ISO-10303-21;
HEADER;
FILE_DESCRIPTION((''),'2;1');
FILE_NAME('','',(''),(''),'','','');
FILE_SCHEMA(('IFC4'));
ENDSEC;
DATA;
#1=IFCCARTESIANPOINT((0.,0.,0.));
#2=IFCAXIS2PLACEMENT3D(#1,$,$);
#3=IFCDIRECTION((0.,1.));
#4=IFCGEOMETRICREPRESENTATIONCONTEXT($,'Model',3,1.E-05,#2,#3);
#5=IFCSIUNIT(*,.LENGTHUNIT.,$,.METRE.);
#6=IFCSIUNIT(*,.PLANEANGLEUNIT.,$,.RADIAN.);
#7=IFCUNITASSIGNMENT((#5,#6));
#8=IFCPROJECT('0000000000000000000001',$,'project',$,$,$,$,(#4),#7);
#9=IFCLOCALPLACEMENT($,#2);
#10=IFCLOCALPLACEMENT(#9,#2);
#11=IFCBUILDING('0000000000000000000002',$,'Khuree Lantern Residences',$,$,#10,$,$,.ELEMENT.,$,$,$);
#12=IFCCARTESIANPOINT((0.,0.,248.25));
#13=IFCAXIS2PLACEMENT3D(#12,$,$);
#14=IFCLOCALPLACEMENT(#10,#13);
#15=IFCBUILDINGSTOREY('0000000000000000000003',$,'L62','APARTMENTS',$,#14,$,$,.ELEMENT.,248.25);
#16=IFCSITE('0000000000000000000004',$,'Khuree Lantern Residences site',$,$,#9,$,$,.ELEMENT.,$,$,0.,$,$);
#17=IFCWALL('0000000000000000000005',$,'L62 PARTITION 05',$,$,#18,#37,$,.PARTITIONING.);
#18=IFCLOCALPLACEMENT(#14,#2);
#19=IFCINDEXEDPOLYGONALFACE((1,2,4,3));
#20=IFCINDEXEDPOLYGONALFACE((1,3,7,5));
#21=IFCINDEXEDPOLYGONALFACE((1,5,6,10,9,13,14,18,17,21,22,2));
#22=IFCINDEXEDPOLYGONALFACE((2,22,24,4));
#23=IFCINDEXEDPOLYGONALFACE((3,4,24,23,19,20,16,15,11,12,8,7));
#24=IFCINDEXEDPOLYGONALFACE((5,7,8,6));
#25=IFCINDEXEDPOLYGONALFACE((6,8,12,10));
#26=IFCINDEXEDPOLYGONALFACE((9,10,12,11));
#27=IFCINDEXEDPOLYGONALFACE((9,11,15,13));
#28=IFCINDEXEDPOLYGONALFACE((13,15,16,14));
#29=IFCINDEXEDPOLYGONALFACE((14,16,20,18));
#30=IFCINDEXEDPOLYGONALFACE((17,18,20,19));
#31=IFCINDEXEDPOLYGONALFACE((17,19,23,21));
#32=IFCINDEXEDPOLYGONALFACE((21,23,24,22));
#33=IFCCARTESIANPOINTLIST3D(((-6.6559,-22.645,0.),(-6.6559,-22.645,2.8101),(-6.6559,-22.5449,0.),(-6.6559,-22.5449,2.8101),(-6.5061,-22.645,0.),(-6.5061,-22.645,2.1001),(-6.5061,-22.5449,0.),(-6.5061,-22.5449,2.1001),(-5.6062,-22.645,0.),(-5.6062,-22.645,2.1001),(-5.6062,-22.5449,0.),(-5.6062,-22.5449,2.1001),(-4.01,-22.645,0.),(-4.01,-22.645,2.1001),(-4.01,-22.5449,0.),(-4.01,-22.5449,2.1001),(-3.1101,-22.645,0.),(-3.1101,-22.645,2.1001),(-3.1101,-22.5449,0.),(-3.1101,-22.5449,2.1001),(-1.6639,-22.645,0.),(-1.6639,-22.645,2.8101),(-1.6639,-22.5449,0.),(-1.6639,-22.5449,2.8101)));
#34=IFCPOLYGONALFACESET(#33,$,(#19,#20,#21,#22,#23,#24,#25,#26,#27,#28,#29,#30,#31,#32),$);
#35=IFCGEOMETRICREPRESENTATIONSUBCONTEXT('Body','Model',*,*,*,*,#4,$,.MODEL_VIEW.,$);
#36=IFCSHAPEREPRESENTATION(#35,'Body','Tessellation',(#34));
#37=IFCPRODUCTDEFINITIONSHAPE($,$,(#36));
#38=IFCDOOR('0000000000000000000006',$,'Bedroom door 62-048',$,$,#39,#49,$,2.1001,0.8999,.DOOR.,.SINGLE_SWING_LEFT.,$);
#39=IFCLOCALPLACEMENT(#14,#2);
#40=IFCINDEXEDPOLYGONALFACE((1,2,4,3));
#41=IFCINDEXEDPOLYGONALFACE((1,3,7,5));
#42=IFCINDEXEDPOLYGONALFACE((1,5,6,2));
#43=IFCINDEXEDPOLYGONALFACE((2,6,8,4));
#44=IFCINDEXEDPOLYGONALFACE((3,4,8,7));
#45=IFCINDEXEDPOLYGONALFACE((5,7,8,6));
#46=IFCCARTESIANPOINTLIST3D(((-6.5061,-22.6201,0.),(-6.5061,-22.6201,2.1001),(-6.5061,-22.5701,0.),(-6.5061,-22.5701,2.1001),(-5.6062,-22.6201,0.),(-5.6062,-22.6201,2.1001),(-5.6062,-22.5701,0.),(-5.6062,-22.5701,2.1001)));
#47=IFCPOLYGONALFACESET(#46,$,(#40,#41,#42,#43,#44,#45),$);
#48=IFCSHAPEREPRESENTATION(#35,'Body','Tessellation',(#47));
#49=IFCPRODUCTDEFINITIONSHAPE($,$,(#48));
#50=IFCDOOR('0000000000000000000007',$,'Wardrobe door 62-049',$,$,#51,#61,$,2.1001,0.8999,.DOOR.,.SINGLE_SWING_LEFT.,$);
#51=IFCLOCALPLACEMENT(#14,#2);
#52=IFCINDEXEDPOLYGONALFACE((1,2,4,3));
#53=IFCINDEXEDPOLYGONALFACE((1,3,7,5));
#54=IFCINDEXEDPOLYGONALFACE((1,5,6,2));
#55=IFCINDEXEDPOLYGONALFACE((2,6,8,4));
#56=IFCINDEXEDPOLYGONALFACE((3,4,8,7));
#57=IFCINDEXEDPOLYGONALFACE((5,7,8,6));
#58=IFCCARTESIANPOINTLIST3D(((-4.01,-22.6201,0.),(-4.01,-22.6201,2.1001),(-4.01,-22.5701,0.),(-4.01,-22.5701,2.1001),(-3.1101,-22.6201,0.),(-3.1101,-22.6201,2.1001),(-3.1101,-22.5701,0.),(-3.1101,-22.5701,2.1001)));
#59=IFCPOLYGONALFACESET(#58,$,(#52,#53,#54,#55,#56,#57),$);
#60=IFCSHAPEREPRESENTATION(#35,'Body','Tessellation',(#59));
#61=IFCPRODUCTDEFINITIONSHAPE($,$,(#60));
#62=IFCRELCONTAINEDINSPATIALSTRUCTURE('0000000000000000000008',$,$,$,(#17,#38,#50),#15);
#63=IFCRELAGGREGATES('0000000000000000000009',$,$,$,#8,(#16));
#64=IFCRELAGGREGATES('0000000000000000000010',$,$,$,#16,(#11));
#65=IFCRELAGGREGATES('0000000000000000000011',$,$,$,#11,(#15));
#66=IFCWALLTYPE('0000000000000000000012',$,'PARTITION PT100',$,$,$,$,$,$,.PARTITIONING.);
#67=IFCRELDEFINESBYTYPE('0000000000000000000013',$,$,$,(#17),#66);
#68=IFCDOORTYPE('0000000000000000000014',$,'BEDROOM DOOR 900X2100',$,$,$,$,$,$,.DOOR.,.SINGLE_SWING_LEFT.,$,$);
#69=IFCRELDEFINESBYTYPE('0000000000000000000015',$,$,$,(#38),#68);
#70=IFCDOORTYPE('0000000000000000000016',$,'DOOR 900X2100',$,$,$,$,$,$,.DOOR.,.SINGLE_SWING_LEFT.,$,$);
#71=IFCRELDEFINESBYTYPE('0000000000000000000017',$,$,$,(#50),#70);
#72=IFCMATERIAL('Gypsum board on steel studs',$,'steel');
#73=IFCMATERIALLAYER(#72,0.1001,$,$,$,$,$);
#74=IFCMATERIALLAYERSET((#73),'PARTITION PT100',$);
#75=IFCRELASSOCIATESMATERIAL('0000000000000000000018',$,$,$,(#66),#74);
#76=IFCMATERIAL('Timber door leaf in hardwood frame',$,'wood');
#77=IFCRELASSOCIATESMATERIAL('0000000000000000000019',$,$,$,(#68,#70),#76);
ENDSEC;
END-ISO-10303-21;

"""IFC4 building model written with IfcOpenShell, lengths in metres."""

from ifc_helpers import new_model, si_unit, direction, frame, frame_2d, origin, place, context, subcontext, project, spatial, rectangle, extrude, material, layer, layer_set, type_object, element, fill, save


model = new_model("IFC4")

# Units and contexts
model_context = context("Model", 3, precision=1e-05, world=origin(), true_north=direction((0.0, 1.0)))
body_context = subcontext(model_context, "Body", "Model", "MODEL_VIEW")
ifc_project = project(units=[si_unit("LENGTHUNIT", "METRE"), si_unit("PLANEANGLEUNIT", "RADIAN")], contexts=[model_context])

# Site, building, storey
site_placement = place(None, origin())
site = spatial("IfcSite", under=ifc_project, at=site_placement, Name="Khuree Lantern Residences site", CompositionType="ELEMENT", RefElevation=0.0)
building_placement = place(site_placement, origin())
building = spatial("IfcBuilding", under=site, at=building_placement, Name="Khuree Lantern Residences", CompositionType="ELEMENT")
storey_placement = place(building_placement, frame((0.0, 0.0, 248.25)))
storey = spatial("IfcBuildingStorey", under=building, at=storey_placement, Name="L62", Description="APARTMENTS", CompositionType="ELEMENT", Elevation=248.25)

# Shared definitions
ifc_material_1 = material(Name="Gypsum board on steel studs", Category="steel")
ifc_layer_1 = layer(ifc_material_1, 0.1001)
ifc_layer_set_1 = layer_set([ifc_layer_1], Name="PARTITION PT100")
wall_type = type_object("IfcWallType", Name="PARTITION PT100", PredefinedType="PARTITIONING", material=ifc_layer_set_1)

# Shared definitions
ifc_material_2 = material(Name="Timber door leaf in hardwood frame", Category="wood")
door_type_1 = type_object("IfcDoorType", Name="BEDROOM DOOR 900X2100", OperationType="SINGLE_SWING_LEFT", PredefinedType="DOOR", material=ifc_material_2)
door_type_2 = type_object("IfcDoorType", Name="DOOR 900X2100", OperationType="SINGLE_SWING_LEFT", PredefinedType="DOOR", material=ifc_material_2)

# Wall, openings, doors
wall_1_placement = place(storey_placement, frame((-6.656, -22.595, 0.0), z_axis=(0.0, 0.0, 1.0), x_axis=(1.0, 0.0, 0.0)))
wall_1 = element("IfcWall", 1, at=wall_1_placement, inside=storey, type_object=wall_type, Name="L62 PARTITION 05", PredefinedType="PARTITIONING", context=body_context, shape_type="SweptSolid", body=[
    extrude(rectangle(XDim=4.9919, YDim=0.1001, at=frame_2d((2.4961, 0.0))), origin(), (0.0, 0.0, 1.0), 2.8101),
])
opening_1_placement = place(wall_1_placement, frame((0.1499, 0.0, 0.0)))
opening_1 = element("IfcOpeningElement", 2, at=opening_1_placement, cuts=wall_1, PredefinedType="OPENING", context=body_context, shape_type="SweptSolid", body=[
    extrude(rectangle(XDim=0.8999, YDim=2.1001, at=frame_2d((0.45, 1.05))), frame((0.0, 0.0601, 0.0), z_axis=(0.0, -1.0, 0.0), x_axis=(1.0, 0.0, 0.0)), (0.0, 0.0, 1.0), 0.1201),
])
opening_2_placement = place(wall_1_placement, frame((2.646, 0.0, 0.0)))
opening_2 = element("IfcOpeningElement", 3, at=opening_2_placement, cuts=wall_1, PredefinedType="OPENING", context=body_context, shape_type="SweptSolid", body=[
    extrude(rectangle(XDim=0.8999, YDim=2.1001, at=frame_2d((0.45, 1.05))), frame((0.0, 0.0601, 0.0), z_axis=(0.0, -1.0, 0.0), x_axis=(1.0, 0.0, 0.0)), (0.0, 0.0, 1.0), 0.1201),
])
door_1_placement = place(opening_1_placement, origin())
door_1 = element("IfcDoor", 4, at=door_1_placement, inside=storey, type_object=door_type_1, Name="Bedroom door 62-048", OperationType="SINGLE_SWING_LEFT", OverallHeight=2.1001, OverallWidth=0.8999, PredefinedType="DOOR", context=body_context, shape_type="SweptSolid", body=[
    extrude(rectangle(XDim=0.8999, YDim=2.1001, at=frame_2d((0.45, 1.05))), frame((0.0, 0.0249, 0.0), z_axis=(0.0, -1.0, 0.0), x_axis=(1.0, 0.0, 0.0)), (0.0, 0.0, 1.0), 0.05),
])
fill(opening_1, door_1)
door_2_placement = place(opening_2_placement, origin())
door_2 = element("IfcDoor", 5, at=door_2_placement, inside=storey, type_object=door_type_2, Name="Wardrobe door 62-049", OperationType="SINGLE_SWING_LEFT", OverallHeight=2.1001, OverallWidth=0.8999, PredefinedType="DOOR", context=body_context, shape_type="SweptSolid", body=[
    extrude(rectangle(XDim=0.8999, YDim=2.1001, at=frame_2d((0.45, 1.05))), frame((0.0, 0.0249, 0.0), z_axis=(0.0, -1.0, 0.0), x_axis=(1.0, 0.0, 0.0)), (0.0, 0.0, 1.0), 0.05),
])
fill(opening_2, door_2)

save(model, "model.ifc")
